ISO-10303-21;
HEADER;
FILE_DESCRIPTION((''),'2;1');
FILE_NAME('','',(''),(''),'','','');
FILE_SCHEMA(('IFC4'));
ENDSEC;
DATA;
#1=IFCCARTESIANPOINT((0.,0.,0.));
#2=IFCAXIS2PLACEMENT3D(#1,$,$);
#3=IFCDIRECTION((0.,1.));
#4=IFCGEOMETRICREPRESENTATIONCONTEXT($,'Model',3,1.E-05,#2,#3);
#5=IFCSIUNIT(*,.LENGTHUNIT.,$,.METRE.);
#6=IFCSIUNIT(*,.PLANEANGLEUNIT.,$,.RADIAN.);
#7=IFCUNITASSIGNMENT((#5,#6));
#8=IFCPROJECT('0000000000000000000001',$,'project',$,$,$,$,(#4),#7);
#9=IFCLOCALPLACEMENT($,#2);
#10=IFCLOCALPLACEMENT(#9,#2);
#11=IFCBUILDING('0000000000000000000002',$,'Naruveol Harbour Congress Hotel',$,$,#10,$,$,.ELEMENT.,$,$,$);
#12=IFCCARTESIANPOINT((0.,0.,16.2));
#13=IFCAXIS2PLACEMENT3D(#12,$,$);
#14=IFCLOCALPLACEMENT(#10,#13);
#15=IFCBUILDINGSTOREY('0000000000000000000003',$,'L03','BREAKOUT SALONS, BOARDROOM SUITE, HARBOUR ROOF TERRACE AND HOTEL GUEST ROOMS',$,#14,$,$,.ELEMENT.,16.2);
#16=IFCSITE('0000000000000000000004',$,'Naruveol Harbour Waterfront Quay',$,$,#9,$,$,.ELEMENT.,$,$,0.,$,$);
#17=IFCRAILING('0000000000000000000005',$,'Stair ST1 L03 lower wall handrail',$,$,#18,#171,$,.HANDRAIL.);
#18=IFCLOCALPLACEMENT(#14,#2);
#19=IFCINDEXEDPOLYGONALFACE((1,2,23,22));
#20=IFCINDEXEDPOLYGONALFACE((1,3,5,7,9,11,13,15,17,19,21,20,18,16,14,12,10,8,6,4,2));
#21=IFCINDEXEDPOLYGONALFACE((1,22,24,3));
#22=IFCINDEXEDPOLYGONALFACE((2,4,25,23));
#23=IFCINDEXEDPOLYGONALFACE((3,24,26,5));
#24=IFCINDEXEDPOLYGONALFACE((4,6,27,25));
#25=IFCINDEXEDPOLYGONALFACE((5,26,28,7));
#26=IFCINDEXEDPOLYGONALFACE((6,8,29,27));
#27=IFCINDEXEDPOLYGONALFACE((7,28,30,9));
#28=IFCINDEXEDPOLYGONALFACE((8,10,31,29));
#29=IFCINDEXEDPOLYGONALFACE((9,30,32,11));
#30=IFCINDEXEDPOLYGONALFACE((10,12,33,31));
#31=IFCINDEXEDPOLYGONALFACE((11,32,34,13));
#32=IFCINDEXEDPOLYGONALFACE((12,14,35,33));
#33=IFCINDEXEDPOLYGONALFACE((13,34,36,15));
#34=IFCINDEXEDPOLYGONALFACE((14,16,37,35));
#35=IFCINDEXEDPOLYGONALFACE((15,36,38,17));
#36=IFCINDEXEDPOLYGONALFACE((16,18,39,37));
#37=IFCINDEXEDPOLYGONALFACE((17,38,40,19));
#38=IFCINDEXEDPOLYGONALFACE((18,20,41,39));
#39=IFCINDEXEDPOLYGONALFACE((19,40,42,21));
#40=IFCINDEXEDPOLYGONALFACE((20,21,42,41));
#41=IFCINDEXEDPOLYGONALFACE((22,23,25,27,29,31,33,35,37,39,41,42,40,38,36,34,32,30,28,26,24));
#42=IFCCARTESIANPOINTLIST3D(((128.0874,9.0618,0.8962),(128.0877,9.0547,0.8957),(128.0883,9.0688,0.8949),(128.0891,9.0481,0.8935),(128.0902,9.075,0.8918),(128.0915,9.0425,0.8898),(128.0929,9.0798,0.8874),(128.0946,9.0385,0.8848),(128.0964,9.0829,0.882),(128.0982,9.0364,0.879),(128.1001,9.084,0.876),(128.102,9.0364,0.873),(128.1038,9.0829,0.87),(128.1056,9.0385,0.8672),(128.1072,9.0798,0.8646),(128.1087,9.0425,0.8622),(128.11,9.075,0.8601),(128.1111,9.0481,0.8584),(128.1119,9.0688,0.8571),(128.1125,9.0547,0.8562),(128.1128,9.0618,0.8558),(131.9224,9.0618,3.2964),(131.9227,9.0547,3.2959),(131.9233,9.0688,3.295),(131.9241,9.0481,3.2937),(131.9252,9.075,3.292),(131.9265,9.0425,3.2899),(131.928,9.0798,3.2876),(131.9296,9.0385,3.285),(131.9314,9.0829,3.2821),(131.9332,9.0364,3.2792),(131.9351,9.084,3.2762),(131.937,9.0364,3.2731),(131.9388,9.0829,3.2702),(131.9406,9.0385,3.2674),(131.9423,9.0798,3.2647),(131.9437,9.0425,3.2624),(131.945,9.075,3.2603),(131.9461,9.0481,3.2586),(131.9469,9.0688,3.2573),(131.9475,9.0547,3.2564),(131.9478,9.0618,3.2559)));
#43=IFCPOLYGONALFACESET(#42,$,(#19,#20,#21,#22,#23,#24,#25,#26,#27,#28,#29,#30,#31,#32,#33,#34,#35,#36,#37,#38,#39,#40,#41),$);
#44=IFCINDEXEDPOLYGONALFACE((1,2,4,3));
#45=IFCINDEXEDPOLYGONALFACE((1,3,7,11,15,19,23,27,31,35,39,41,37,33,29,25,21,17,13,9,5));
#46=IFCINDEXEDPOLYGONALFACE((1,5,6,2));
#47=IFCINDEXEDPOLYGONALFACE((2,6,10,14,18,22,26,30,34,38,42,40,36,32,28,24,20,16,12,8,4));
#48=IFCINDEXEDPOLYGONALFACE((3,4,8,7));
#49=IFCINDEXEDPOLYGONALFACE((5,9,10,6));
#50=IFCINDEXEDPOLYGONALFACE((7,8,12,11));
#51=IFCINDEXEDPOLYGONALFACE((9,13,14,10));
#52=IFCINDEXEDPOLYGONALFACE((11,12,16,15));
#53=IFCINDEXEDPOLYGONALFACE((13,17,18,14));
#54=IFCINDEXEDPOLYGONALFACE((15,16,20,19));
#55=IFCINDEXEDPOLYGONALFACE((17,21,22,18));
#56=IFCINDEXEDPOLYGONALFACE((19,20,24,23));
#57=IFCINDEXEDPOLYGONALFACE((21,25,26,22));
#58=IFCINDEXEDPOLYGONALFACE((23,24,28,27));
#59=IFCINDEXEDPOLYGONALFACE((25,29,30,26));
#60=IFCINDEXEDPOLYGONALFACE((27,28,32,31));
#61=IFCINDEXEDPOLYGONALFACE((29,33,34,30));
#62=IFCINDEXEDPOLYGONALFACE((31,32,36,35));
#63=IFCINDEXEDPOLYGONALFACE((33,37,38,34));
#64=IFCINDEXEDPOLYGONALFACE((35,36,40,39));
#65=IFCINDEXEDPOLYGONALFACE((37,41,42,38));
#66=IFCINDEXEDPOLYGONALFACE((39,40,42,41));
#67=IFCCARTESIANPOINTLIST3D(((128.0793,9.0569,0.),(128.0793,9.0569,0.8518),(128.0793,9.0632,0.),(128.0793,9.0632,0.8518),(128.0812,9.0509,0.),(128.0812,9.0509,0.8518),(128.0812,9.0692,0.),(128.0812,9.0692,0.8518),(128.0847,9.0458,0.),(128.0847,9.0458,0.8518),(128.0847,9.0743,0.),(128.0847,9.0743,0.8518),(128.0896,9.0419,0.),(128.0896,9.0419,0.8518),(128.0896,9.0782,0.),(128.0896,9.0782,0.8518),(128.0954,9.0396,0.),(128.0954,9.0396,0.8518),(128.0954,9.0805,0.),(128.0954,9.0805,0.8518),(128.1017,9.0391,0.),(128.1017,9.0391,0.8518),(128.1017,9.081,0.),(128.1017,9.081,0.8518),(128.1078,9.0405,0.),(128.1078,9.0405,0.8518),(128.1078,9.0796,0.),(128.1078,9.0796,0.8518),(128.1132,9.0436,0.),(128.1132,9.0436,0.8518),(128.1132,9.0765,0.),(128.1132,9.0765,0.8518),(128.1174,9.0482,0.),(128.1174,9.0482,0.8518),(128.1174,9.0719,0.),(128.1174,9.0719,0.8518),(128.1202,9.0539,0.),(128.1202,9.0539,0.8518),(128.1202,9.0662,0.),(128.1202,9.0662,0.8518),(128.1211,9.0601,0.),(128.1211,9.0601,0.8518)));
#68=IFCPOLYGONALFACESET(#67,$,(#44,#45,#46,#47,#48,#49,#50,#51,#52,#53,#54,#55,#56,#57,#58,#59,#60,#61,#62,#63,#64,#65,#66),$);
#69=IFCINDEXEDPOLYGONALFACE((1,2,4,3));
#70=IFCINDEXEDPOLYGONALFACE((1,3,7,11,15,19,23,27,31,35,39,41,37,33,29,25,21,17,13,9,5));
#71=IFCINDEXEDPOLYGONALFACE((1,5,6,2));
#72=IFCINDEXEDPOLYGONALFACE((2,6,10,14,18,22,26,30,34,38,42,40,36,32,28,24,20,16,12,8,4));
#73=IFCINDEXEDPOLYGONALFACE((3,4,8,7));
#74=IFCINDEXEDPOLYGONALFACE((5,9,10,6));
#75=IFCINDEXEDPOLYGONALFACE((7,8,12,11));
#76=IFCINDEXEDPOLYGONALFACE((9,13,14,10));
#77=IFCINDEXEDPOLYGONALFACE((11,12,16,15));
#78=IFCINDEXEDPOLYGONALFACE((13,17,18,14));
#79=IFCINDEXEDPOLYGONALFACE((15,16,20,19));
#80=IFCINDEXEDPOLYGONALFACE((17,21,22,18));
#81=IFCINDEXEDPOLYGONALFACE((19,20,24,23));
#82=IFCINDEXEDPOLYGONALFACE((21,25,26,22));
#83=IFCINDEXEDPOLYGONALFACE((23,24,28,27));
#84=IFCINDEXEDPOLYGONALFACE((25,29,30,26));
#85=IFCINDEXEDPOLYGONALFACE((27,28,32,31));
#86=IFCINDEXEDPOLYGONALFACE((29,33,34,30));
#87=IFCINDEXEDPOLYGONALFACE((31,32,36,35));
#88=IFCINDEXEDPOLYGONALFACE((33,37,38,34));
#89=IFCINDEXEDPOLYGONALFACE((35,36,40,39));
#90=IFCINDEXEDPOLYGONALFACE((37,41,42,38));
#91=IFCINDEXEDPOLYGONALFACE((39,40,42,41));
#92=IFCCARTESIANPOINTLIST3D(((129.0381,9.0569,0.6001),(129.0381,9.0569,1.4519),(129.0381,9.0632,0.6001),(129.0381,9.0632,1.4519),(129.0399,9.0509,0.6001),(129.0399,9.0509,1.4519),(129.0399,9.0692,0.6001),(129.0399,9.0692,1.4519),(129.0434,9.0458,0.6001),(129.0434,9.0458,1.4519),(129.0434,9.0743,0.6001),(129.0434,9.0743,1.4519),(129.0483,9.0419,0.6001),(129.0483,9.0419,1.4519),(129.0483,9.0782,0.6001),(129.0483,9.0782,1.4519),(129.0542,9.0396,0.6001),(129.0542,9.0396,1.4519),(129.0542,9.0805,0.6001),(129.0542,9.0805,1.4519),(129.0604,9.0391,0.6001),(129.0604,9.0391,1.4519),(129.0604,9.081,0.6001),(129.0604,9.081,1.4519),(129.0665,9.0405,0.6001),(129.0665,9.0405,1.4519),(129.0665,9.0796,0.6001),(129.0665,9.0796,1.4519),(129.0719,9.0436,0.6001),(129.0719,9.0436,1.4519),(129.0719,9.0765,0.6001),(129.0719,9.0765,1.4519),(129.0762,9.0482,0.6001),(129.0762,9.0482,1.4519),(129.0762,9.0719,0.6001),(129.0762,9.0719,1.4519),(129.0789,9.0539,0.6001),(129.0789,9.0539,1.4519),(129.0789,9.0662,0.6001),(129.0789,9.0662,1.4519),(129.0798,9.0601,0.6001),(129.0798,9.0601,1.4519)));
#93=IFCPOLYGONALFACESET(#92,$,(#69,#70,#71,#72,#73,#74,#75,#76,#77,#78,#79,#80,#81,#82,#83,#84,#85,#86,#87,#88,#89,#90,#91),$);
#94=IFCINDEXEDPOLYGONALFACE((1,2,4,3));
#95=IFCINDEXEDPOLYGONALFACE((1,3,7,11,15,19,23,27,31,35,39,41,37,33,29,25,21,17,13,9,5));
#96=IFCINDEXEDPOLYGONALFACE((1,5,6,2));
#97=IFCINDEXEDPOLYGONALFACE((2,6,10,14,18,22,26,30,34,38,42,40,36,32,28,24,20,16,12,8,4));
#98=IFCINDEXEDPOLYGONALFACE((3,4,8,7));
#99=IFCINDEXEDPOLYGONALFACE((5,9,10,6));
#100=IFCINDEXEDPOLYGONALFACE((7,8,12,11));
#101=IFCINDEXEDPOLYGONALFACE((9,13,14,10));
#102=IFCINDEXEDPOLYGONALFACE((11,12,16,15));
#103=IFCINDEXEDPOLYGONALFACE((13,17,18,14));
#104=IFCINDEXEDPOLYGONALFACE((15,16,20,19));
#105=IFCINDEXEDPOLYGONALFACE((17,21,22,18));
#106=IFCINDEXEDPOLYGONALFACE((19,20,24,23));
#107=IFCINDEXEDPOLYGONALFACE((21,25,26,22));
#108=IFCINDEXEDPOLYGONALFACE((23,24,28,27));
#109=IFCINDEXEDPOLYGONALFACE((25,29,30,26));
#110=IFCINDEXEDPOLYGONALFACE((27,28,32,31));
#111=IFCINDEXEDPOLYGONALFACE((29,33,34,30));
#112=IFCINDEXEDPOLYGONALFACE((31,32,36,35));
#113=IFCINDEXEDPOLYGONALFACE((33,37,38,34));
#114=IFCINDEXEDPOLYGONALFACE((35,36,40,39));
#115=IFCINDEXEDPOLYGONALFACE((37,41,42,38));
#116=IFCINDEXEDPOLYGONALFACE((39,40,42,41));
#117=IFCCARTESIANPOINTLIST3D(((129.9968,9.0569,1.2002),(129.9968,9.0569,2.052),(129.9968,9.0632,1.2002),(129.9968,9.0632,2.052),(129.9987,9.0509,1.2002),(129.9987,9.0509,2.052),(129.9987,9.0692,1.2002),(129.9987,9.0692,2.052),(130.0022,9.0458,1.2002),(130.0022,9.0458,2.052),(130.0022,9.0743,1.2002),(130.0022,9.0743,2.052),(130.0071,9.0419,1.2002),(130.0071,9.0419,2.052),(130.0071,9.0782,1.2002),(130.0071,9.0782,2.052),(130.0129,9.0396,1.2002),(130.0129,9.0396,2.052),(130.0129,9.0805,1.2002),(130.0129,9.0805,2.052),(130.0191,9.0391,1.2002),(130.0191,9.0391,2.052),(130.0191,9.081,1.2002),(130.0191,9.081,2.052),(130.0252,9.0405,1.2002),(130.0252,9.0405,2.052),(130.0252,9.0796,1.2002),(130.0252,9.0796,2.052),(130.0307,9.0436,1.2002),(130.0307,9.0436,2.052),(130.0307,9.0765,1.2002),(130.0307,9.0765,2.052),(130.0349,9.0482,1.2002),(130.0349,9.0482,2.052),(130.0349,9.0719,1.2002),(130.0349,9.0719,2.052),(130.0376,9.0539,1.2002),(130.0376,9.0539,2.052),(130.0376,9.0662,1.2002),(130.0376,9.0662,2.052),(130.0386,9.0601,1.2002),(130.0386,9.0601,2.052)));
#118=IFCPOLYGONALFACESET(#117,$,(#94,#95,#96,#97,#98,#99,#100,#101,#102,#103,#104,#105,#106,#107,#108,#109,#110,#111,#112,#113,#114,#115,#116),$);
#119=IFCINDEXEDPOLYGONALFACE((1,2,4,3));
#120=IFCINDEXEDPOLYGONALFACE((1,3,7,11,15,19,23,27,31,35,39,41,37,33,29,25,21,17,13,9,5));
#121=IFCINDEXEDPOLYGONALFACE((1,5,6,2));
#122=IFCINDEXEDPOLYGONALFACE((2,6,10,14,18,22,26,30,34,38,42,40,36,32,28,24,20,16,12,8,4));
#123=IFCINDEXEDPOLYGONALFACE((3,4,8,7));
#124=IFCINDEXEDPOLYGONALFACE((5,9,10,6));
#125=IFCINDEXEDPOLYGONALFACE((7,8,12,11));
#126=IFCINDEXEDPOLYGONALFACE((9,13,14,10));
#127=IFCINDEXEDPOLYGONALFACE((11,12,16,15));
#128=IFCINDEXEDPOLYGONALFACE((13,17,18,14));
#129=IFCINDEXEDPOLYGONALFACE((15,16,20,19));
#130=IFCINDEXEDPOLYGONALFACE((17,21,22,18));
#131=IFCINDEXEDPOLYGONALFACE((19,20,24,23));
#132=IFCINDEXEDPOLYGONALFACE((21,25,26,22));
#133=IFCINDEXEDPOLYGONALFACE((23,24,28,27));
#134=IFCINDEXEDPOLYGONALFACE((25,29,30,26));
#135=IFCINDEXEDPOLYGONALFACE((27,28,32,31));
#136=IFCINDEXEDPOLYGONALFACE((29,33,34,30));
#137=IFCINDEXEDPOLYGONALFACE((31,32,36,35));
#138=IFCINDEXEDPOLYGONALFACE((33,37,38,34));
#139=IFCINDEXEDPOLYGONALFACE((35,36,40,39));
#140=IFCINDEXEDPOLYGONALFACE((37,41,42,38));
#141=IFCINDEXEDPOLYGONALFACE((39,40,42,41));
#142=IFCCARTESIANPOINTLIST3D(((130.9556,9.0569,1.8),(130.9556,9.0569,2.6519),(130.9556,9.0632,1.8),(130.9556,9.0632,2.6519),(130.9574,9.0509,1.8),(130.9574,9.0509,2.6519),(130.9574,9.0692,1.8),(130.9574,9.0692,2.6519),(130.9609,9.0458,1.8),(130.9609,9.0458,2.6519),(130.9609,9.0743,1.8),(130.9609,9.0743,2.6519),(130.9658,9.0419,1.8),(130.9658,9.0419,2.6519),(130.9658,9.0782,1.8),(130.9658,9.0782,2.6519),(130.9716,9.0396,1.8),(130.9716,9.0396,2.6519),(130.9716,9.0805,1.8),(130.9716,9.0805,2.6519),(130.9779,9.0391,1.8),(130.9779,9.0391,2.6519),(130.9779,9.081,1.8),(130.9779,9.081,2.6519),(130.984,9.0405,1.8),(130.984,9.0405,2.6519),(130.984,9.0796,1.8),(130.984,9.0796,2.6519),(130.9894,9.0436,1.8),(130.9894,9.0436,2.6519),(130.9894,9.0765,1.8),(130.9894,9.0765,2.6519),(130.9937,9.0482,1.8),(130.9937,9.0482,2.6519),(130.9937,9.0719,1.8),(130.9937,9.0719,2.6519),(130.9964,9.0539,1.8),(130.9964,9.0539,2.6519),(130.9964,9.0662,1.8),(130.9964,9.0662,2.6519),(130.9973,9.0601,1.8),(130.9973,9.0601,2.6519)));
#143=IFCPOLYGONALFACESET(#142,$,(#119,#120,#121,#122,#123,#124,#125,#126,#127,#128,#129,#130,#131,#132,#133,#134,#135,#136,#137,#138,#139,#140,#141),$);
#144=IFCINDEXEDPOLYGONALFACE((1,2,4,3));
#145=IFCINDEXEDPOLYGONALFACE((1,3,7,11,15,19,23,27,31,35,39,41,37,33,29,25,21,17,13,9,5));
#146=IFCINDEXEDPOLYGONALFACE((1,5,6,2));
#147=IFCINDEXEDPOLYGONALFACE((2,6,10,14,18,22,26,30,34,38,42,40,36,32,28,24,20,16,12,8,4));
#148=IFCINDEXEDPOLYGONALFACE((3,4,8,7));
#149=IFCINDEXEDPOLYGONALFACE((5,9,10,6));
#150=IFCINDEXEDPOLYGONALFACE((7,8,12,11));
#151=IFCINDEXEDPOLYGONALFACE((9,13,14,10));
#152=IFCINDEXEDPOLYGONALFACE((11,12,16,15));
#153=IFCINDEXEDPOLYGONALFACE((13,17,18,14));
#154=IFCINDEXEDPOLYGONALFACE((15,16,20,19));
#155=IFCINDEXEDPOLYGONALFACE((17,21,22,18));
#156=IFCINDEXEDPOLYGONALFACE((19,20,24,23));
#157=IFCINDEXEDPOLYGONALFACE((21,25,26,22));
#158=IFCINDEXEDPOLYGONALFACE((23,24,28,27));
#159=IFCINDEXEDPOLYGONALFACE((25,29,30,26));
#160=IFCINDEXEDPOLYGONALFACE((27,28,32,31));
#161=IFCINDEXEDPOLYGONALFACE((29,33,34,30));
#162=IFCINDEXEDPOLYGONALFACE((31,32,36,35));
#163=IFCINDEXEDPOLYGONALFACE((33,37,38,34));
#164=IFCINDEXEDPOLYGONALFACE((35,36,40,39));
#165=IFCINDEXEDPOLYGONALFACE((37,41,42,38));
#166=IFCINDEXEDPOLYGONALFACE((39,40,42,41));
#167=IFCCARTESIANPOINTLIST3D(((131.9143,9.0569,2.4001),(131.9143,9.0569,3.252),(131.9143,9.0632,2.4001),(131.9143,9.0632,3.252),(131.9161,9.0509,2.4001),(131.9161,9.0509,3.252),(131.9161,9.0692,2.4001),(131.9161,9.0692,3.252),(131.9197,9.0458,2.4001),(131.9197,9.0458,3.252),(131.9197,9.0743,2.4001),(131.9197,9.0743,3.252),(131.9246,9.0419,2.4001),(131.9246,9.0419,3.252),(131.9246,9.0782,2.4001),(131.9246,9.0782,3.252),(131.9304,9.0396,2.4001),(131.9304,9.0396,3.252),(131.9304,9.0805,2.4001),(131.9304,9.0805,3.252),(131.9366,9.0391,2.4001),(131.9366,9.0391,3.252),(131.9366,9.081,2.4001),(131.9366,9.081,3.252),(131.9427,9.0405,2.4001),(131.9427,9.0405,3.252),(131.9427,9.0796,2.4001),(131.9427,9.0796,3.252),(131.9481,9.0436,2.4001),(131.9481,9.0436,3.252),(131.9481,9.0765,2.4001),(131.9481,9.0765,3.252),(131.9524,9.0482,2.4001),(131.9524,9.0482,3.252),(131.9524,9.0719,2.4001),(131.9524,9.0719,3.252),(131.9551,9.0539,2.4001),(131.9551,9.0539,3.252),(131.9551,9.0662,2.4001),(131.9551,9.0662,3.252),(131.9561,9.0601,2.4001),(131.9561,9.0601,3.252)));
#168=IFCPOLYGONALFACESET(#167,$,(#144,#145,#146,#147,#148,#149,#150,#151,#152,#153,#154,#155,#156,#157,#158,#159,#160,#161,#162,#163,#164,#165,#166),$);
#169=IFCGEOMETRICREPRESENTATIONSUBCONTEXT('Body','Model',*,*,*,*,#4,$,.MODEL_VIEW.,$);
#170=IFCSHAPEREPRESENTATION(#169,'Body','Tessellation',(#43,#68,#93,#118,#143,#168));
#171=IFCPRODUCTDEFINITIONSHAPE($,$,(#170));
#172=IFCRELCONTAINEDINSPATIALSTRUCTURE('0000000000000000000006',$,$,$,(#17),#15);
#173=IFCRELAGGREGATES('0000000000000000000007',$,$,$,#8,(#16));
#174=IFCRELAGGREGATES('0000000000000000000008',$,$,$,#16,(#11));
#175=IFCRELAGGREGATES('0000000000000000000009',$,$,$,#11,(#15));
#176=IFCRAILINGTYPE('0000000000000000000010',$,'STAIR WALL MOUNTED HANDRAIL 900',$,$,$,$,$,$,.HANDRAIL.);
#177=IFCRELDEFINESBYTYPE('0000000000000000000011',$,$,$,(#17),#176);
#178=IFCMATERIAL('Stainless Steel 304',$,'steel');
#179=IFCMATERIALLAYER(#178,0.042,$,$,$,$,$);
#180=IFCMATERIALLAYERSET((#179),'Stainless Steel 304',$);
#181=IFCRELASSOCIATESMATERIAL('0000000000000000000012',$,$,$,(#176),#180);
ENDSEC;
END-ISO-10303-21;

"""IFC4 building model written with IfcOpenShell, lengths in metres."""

from ifc_helpers import new_model, si_unit, direction, frame, origin, origin_2d, place, context, subcontext, project, spatial, circle, extrude, material, layer, layer_set, type_object, element, save


model = new_model("IFC4")

# Units and contexts
model_context = context("Model", 3, precision=1e-05, world=origin(), true_north=direction((0.0, 1.0)))
body_context = subcontext(model_context, "Body", "Model", "MODEL_VIEW")
ifc_project = project(units=[si_unit("LENGTHUNIT", "METRE"), si_unit("PLANEANGLEUNIT", "RADIAN")], contexts=[model_context])

# Site, building, storey
site_placement = place(None, origin())
site = spatial("IfcSite", under=ifc_project, at=site_placement, Name="Naruveol Harbour Waterfront Quay", CompositionType="ELEMENT", RefElevation=0.0)
building_placement = place(site_placement, origin())
building = spatial("IfcBuilding", under=site, at=building_placement, Name="Naruveol Harbour Congress Hotel", CompositionType="ELEMENT")
storey_placement = place(building_placement, frame((0.0, 0.0, 16.2)))
storey = spatial("IfcBuildingStorey", under=building, at=storey_placement, Name="L03", Description="BREAKOUT SALONS, BOARDROOM SUITE, HARBOUR ROOF TERRACE AND HOTEL GUEST ROOMS", CompositionType="ELEMENT", Elevation=16.2)

# Railing
ifc_material_1 = material(Name="Stainless Steel 304", Category="steel")
ifc_layer_1 = layer(ifc_material_1, 0.042)
ifc_layer_set_1 = layer_set([ifc_layer_1], Name="Stainless Steel 304")
railing_type_1 = type_object("IfcRailingType", Name="STAIR WALL MOUNTED HANDRAIL 900", PredefinedType="HANDRAIL", material=ifc_layer_set_1)
railing_1_placement = place(storey_placement, frame((128.1001, 9.0601, 0.0)))
element("IfcRailing", 1, at=railing_1_placement, inside=storey, type_object=railing_type_1, Name="Stair ST1 L03 lower wall handrail", PredefinedType="HANDRAIL", context=body_context, shape_type="SweptSolid", body=[
    extrude(circle(Radius=0.0239, at=origin_2d()), frame((0.0, 0.0, 0.876), z_axis=(0.847671, 0.0, 0.530523), x_axis=(0.0, 1.0, 0.0)), (0.0, 0.0, 1.0), 4.5242),
    extrude(circle(Radius=0.021, at=origin_2d()), origin(), (0.0, 0.0, 1.0), 0.8518),
    extrude(circle(Radius=0.021, at=origin_2d()), frame((0.9587, 0.0, 0.6001)), (0.0, 0.0, 1.0), 0.8518),
    extrude(circle(Radius=0.021, at=origin_2d()), frame((1.9175, 0.0, 1.2002)), (0.0, 0.0, 1.0), 0.8518),
    extrude(circle(Radius=0.021, at=origin_2d()), frame((2.8762, 0.0, 1.8)), (0.0, 0.0, 1.0), 0.8518),
    extrude(circle(Radius=0.021, at=origin_2d()), frame((3.835, 0.0, 2.4001)), (0.0, 0.0, 1.0), 0.8518),
])

save(model, "model.ifc")
